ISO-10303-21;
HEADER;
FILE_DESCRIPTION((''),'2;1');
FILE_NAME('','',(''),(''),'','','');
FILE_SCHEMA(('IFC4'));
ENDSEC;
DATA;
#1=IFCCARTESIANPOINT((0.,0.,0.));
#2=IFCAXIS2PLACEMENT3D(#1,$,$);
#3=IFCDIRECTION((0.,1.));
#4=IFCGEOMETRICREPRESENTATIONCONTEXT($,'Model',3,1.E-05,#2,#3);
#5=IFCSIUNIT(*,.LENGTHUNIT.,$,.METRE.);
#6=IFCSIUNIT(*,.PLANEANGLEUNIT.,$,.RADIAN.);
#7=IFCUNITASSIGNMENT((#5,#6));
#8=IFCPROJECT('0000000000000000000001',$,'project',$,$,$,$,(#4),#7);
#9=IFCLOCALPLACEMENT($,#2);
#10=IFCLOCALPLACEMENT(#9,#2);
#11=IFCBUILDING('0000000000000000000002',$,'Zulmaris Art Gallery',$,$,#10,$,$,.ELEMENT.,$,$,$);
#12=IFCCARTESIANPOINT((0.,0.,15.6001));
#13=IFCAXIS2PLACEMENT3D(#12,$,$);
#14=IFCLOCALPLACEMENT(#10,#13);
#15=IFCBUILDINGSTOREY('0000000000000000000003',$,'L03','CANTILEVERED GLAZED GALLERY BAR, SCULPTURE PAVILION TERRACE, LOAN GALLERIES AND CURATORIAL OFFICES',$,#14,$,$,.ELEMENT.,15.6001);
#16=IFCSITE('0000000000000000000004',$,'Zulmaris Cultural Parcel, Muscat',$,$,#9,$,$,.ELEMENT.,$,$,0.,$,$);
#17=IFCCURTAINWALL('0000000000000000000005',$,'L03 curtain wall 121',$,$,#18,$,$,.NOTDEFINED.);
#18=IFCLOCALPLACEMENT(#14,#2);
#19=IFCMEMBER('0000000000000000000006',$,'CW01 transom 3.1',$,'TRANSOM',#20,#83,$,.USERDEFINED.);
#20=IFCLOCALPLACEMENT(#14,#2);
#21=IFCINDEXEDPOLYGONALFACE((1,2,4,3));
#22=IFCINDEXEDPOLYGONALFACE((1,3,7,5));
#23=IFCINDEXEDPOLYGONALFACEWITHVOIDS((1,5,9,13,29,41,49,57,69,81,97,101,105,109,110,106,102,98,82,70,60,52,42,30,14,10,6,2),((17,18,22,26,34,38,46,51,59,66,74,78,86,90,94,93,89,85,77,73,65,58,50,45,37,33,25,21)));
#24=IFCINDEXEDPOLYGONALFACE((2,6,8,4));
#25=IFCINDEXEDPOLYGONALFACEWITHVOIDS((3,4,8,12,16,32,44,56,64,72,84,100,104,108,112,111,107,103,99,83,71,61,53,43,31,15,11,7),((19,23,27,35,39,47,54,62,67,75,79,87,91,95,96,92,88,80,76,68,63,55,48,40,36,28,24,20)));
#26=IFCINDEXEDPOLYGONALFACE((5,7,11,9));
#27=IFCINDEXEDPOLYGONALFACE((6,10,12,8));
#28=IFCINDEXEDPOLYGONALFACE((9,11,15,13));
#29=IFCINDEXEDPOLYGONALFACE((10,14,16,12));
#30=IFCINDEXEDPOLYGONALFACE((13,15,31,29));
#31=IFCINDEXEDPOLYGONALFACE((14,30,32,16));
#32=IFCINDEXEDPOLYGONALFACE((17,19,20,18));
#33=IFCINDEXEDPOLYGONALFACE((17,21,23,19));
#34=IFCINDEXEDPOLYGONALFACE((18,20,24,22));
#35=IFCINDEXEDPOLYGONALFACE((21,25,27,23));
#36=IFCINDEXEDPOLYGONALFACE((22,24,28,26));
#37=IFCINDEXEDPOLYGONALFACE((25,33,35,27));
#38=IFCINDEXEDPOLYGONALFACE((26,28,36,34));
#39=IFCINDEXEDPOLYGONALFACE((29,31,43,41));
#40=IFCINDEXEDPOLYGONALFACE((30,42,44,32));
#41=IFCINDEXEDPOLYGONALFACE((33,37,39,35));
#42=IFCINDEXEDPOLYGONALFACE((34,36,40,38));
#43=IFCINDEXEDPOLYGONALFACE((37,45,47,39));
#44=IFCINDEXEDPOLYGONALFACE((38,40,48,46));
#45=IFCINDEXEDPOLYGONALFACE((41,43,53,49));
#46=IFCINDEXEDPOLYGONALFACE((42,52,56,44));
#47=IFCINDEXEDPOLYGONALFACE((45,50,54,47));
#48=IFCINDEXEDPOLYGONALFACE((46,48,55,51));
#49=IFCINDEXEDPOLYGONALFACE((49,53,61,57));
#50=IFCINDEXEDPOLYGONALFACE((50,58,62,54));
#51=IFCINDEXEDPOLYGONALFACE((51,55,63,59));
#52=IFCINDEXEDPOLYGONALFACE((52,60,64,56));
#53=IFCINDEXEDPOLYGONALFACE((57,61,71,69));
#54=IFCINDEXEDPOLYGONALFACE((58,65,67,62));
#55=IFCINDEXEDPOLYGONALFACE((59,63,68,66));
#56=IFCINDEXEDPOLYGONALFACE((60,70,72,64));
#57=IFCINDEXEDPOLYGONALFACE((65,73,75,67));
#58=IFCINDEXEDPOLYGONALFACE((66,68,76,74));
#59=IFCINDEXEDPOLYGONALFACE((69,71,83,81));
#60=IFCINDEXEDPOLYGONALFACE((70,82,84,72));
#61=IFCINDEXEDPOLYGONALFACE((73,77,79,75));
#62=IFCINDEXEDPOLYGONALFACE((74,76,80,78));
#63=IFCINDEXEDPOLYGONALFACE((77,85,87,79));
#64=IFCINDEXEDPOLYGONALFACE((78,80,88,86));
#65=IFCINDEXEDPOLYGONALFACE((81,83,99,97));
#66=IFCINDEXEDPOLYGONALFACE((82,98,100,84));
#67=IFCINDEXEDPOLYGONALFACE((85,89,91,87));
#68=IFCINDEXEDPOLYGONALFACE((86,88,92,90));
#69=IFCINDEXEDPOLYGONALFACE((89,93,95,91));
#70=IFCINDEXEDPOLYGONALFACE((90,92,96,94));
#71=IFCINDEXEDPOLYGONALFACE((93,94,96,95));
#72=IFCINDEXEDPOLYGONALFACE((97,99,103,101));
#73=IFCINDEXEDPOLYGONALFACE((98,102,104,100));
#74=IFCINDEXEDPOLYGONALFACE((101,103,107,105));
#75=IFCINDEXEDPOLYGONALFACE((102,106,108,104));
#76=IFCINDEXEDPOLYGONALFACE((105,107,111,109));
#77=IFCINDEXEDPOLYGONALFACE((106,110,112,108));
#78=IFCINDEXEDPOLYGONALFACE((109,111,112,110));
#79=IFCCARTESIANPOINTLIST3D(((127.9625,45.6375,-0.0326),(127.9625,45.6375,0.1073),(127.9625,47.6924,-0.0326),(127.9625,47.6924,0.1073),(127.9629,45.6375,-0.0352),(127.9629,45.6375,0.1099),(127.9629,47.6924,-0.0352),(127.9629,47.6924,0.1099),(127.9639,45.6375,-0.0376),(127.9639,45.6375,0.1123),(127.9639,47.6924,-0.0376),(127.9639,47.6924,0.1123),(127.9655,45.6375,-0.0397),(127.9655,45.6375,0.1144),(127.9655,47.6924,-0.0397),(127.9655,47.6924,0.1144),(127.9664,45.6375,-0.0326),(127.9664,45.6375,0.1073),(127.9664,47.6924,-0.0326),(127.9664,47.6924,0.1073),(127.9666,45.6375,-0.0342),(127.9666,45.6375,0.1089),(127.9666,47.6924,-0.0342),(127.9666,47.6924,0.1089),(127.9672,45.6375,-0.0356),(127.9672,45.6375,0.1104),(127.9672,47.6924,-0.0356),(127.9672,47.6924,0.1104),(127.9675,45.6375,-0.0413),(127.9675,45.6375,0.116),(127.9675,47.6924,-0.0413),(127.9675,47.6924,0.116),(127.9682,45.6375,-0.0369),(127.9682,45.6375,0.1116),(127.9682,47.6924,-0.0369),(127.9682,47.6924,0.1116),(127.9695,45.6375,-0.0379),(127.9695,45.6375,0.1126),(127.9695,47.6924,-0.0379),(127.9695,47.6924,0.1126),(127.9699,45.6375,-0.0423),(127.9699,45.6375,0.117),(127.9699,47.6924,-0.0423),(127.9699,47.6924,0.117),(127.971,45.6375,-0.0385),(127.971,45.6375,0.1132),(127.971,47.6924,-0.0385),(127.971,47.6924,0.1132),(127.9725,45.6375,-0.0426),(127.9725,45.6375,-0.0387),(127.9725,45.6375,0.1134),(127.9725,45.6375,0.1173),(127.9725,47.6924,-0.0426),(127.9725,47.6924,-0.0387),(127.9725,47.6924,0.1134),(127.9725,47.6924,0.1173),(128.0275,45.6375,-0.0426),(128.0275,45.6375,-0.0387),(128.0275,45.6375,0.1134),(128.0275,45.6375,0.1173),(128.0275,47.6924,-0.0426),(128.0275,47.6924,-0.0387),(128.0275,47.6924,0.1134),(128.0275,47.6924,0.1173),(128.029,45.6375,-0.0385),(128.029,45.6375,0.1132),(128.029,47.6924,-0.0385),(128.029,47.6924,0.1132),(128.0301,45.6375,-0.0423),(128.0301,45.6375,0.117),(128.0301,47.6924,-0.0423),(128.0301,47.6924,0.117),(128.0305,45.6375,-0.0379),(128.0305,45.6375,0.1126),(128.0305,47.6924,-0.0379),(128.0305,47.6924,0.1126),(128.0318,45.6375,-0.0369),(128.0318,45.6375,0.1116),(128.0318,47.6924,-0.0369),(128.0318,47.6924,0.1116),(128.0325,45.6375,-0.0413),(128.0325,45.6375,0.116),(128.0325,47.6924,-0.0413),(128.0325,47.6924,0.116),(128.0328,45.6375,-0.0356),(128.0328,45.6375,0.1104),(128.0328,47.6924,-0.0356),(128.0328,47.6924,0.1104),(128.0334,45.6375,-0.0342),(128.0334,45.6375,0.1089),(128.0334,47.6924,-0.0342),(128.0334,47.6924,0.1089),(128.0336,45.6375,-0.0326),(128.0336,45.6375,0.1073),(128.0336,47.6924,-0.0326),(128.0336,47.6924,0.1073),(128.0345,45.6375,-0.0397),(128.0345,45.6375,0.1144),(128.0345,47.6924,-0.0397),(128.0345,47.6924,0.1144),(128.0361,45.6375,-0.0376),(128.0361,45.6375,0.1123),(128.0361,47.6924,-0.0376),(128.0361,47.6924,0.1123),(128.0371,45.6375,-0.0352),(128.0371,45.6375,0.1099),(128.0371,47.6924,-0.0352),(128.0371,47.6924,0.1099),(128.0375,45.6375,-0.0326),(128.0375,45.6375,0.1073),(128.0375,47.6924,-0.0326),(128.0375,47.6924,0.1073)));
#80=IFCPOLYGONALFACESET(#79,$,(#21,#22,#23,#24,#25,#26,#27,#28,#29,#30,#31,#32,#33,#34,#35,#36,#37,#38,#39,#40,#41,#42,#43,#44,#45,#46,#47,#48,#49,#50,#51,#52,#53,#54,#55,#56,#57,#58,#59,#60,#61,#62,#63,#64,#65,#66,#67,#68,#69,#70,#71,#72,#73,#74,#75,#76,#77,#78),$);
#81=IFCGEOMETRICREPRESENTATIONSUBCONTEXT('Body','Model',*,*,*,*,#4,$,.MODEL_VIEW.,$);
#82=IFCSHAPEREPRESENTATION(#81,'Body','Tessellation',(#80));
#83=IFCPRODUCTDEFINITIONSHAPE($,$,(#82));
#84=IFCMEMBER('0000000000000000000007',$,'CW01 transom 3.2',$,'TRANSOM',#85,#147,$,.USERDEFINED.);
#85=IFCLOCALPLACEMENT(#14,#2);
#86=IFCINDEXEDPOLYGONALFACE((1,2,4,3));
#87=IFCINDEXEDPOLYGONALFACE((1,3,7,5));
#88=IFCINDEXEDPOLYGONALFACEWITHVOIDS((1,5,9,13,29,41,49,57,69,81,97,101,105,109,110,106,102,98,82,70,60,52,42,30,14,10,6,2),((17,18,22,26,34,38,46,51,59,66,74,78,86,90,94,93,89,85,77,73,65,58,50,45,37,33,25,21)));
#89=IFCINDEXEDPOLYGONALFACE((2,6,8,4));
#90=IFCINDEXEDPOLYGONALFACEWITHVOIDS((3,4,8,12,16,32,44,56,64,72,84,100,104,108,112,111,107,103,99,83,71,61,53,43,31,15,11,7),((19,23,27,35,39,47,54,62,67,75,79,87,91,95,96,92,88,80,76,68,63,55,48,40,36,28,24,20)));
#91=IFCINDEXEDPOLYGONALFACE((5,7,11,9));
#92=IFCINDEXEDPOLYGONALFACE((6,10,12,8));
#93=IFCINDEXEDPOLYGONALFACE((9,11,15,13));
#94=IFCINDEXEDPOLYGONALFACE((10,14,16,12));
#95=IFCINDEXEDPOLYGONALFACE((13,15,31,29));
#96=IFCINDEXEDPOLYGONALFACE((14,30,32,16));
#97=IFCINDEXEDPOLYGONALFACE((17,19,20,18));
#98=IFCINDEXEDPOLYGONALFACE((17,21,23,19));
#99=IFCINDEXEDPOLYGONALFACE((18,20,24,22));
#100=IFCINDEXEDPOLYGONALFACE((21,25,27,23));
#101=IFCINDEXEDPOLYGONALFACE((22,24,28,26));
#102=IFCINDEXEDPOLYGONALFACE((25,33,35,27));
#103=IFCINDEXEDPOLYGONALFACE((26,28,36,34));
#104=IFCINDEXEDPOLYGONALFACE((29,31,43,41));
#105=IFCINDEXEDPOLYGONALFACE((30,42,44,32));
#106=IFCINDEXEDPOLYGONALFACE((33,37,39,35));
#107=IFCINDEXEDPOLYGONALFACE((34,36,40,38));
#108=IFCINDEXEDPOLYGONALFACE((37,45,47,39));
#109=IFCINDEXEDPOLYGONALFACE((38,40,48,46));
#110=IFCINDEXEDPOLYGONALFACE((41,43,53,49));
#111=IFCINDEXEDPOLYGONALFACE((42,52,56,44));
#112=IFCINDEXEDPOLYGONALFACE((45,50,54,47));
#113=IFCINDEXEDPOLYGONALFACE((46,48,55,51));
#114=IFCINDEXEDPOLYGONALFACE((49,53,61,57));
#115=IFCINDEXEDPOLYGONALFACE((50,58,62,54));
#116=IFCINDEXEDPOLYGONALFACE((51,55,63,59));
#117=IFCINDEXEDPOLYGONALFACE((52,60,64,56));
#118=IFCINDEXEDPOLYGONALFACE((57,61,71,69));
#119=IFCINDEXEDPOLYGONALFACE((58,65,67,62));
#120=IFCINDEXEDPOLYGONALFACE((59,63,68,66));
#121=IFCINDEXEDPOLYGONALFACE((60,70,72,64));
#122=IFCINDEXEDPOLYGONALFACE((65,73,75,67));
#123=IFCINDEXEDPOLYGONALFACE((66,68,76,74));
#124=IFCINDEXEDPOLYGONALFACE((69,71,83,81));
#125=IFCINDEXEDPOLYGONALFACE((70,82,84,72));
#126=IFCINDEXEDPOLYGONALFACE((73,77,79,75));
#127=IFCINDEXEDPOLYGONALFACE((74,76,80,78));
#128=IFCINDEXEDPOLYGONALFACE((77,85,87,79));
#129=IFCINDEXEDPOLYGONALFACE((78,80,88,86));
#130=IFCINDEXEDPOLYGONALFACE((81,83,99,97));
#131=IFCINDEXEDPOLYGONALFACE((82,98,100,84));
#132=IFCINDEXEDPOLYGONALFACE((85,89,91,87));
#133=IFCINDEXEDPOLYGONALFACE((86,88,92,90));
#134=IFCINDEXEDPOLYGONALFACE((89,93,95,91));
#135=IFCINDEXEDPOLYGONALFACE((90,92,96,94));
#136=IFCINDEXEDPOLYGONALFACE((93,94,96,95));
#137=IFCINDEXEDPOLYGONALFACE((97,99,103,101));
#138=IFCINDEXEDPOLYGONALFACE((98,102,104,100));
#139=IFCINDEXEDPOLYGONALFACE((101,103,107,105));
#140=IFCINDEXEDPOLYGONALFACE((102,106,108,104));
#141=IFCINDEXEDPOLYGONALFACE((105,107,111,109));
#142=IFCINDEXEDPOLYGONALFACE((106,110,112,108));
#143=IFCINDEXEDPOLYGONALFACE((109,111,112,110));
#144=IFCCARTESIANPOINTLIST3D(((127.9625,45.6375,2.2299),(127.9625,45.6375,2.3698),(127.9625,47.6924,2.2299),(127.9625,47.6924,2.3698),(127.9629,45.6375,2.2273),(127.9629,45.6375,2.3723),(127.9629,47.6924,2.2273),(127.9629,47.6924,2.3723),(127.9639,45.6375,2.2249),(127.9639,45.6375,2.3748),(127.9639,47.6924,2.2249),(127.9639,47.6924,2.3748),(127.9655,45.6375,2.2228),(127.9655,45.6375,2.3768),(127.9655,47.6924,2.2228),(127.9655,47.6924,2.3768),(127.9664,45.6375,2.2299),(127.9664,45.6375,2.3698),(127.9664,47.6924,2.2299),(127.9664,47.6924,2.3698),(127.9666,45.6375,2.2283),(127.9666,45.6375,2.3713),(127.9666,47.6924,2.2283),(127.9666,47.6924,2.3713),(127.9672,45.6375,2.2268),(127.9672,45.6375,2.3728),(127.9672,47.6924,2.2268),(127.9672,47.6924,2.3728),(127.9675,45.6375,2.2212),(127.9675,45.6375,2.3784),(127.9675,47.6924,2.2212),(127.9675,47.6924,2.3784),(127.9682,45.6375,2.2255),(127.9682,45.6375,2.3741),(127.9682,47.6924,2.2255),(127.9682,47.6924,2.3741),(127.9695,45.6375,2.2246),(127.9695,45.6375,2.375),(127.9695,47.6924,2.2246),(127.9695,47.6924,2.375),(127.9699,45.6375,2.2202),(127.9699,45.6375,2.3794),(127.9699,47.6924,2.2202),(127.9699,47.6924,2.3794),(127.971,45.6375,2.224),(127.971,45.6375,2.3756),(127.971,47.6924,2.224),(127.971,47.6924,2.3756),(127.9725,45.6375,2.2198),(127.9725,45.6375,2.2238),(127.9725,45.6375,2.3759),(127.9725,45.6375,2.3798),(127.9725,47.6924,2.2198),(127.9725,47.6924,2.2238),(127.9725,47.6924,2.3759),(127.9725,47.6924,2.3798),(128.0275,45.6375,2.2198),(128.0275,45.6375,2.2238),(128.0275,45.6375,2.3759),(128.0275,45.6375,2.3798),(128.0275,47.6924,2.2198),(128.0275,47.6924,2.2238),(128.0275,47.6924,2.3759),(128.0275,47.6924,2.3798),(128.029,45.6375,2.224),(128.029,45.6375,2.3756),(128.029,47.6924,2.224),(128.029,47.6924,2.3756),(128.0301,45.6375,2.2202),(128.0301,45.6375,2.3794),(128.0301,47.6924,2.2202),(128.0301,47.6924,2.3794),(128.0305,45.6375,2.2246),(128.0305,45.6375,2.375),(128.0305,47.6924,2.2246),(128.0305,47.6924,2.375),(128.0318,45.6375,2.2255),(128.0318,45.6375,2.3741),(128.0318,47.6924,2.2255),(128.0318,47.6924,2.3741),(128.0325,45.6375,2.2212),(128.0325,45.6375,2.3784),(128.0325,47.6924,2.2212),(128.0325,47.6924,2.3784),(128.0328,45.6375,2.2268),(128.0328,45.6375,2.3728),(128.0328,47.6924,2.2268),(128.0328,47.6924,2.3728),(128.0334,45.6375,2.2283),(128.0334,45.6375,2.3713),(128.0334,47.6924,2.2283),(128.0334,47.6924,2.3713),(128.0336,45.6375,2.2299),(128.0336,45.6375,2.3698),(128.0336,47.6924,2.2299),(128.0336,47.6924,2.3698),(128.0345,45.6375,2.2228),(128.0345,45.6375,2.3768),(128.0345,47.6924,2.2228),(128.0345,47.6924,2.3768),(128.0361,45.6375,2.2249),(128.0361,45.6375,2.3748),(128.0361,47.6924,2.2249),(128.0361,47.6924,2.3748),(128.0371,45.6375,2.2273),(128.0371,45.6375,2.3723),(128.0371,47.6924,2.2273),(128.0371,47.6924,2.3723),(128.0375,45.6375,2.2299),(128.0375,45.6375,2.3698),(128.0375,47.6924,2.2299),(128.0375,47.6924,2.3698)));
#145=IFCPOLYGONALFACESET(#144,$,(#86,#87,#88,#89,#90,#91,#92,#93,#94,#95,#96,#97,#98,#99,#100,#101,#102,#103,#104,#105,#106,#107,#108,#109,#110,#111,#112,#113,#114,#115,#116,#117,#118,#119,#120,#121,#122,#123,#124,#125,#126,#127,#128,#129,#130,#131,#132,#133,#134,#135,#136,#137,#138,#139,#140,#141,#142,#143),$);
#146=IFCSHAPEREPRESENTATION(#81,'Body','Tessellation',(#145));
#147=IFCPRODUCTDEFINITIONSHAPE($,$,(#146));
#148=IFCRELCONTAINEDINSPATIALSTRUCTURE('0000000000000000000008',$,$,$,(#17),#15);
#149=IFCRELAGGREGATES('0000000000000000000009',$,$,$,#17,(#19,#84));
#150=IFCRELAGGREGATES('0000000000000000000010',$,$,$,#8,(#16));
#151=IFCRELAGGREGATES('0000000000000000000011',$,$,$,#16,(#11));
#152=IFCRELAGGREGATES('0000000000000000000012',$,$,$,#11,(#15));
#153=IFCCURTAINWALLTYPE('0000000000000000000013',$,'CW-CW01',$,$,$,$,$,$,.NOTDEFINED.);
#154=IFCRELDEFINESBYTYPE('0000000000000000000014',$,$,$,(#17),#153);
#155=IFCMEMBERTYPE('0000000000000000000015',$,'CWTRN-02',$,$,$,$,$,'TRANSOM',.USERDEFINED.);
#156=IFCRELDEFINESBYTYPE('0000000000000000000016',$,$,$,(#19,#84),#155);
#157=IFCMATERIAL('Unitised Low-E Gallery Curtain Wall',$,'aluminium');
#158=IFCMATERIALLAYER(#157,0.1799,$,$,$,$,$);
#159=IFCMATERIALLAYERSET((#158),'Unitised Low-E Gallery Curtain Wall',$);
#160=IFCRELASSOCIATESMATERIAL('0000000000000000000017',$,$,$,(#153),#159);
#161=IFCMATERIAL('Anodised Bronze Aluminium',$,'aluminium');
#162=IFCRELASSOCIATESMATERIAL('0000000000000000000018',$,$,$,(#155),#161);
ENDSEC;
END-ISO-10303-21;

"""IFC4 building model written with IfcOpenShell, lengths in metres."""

from ifc_helpers import new_model, si_unit, direction, frame, origin, origin_2d, place, context, subcontext, project, spatial, hollow_rectangle, extrude, material, layer, layer_set, material_profile, profile_set, type_object, element, aggregate, save


model = new_model("IFC4")

# Units and contexts
model_context = context("Model", 3, precision=1e-05, world=origin(), true_north=direction((0.0, 1.0)))
body_context = subcontext(model_context, "Body", "Model", "MODEL_VIEW")
ifc_project = project(units=[si_unit("LENGTHUNIT", "METRE"), si_unit("PLANEANGLEUNIT", "RADIAN")], contexts=[model_context])

# Site, building, storey
site_placement = place(None, origin())
site = spatial("IfcSite", under=ifc_project, at=site_placement, Name="Zulmaris Cultural Parcel, Muscat", CompositionType="ELEMENT", RefElevation=0.0)
building_placement = place(site_placement, origin())
building = spatial("IfcBuilding", under=site, at=building_placement, Name="Zulmaris Art Gallery", CompositionType="ELEMENT")
storey_placement = place(building_placement, frame((0.0, 0.0, 15.6001)))
storey = spatial("IfcBuildingStorey", under=building, at=storey_placement, Name="L03", Description="CANTILEVERED GLAZED GALLERY BAR, SCULPTURE PAVILION TERRACE, LOAN GALLERIES AND CURATORIAL OFFICES", CompositionType="ELEMENT", Elevation=15.6001)

# Curtain wall
ifc_material_1 = material(Name="Unitised Low-E Gallery Curtain Wall", Category="aluminium")
ifc_layer_1 = layer(ifc_material_1, 0.1799)
ifc_layer_set_1 = layer_set([ifc_layer_1], Name="Unitised Low-E Gallery Curtain Wall")
curtain_wall_type = type_object("IfcCurtainWallType", Name="CW-CW01", PredefinedType="NOTDEFINED", material=ifc_layer_set_1)
curtain_wall_1_placement = place(storey_placement, origin())
curtain_wall_1 = element("IfcCurtainWall", 1, at=curtain_wall_1_placement, inside=storey, type_object=curtain_wall_type, Name="L03 curtain wall 121", PredefinedType="NOTDEFINED")
ifc_material_2 = material(Name="Anodised Bronze Aluminium", Category="aluminium")
ifc_material_profile_1 = material_profile(ifc_material_2, hollow_rectangle(XDim=0.075, YDim=0.1599, WallThickness=0.0039, InnerFilletRadius=0.0061, OuterFilletRadius=0.01, at=origin_2d()), Name="ALU 75x160x4")
ifc_profile_set_1 = profile_set([ifc_material_profile_1], Name="Anodised Bronze Aluminium")
member_type_1 = type_object("IfcMemberType", Name="CWTRN-02", ElementType="TRANSOM", PredefinedType="USERDEFINED", material=ifc_profile_set_1)

# Members
member_1_placement = place(storey_placement, frame((128.0, 45.6375, 0.0374), z_axis=(0.0, 1.0, 0.0), x_axis=(-1.0, 0.0, 0.0)))
member_1 = element("IfcMember", 2, at=member_1_placement, type_object=member_type_1, Name="CW01 transom 3.1", ObjectType="TRANSOM", PredefinedType="USERDEFINED", context=body_context, shape_type="SweptSolid", body=[
    extrude(hollow_rectangle(XDim=0.075, YDim=0.1599, WallThickness=0.0039, InnerFilletRadius=0.0061, OuterFilletRadius=0.01, at=origin_2d()), origin(), (0.0, 0.0, 1.0), 2.0549),
])
member_2_placement = place(storey_placement, frame((128.0, 45.6375, 2.2998), z_axis=(0.0, 1.0, 0.0), x_axis=(-1.0, 0.0, 0.0)))
member_2 = element("IfcMember", 3, at=member_2_placement, type_object=member_type_1, Name="CW01 transom 3.2", ObjectType="TRANSOM", PredefinedType="USERDEFINED", context=body_context, shape_type="SweptSolid", body=[
    extrude(hollow_rectangle(XDim=0.075, YDim=0.1599, WallThickness=0.0039, InnerFilletRadius=0.0061, OuterFilletRadius=0.01, at=origin_2d()), origin(), (0.0, 0.0, 1.0), 2.0549),
])

aggregate(curtain_wall_1, [member_1, member_2])

save(model, "model.ifc")
